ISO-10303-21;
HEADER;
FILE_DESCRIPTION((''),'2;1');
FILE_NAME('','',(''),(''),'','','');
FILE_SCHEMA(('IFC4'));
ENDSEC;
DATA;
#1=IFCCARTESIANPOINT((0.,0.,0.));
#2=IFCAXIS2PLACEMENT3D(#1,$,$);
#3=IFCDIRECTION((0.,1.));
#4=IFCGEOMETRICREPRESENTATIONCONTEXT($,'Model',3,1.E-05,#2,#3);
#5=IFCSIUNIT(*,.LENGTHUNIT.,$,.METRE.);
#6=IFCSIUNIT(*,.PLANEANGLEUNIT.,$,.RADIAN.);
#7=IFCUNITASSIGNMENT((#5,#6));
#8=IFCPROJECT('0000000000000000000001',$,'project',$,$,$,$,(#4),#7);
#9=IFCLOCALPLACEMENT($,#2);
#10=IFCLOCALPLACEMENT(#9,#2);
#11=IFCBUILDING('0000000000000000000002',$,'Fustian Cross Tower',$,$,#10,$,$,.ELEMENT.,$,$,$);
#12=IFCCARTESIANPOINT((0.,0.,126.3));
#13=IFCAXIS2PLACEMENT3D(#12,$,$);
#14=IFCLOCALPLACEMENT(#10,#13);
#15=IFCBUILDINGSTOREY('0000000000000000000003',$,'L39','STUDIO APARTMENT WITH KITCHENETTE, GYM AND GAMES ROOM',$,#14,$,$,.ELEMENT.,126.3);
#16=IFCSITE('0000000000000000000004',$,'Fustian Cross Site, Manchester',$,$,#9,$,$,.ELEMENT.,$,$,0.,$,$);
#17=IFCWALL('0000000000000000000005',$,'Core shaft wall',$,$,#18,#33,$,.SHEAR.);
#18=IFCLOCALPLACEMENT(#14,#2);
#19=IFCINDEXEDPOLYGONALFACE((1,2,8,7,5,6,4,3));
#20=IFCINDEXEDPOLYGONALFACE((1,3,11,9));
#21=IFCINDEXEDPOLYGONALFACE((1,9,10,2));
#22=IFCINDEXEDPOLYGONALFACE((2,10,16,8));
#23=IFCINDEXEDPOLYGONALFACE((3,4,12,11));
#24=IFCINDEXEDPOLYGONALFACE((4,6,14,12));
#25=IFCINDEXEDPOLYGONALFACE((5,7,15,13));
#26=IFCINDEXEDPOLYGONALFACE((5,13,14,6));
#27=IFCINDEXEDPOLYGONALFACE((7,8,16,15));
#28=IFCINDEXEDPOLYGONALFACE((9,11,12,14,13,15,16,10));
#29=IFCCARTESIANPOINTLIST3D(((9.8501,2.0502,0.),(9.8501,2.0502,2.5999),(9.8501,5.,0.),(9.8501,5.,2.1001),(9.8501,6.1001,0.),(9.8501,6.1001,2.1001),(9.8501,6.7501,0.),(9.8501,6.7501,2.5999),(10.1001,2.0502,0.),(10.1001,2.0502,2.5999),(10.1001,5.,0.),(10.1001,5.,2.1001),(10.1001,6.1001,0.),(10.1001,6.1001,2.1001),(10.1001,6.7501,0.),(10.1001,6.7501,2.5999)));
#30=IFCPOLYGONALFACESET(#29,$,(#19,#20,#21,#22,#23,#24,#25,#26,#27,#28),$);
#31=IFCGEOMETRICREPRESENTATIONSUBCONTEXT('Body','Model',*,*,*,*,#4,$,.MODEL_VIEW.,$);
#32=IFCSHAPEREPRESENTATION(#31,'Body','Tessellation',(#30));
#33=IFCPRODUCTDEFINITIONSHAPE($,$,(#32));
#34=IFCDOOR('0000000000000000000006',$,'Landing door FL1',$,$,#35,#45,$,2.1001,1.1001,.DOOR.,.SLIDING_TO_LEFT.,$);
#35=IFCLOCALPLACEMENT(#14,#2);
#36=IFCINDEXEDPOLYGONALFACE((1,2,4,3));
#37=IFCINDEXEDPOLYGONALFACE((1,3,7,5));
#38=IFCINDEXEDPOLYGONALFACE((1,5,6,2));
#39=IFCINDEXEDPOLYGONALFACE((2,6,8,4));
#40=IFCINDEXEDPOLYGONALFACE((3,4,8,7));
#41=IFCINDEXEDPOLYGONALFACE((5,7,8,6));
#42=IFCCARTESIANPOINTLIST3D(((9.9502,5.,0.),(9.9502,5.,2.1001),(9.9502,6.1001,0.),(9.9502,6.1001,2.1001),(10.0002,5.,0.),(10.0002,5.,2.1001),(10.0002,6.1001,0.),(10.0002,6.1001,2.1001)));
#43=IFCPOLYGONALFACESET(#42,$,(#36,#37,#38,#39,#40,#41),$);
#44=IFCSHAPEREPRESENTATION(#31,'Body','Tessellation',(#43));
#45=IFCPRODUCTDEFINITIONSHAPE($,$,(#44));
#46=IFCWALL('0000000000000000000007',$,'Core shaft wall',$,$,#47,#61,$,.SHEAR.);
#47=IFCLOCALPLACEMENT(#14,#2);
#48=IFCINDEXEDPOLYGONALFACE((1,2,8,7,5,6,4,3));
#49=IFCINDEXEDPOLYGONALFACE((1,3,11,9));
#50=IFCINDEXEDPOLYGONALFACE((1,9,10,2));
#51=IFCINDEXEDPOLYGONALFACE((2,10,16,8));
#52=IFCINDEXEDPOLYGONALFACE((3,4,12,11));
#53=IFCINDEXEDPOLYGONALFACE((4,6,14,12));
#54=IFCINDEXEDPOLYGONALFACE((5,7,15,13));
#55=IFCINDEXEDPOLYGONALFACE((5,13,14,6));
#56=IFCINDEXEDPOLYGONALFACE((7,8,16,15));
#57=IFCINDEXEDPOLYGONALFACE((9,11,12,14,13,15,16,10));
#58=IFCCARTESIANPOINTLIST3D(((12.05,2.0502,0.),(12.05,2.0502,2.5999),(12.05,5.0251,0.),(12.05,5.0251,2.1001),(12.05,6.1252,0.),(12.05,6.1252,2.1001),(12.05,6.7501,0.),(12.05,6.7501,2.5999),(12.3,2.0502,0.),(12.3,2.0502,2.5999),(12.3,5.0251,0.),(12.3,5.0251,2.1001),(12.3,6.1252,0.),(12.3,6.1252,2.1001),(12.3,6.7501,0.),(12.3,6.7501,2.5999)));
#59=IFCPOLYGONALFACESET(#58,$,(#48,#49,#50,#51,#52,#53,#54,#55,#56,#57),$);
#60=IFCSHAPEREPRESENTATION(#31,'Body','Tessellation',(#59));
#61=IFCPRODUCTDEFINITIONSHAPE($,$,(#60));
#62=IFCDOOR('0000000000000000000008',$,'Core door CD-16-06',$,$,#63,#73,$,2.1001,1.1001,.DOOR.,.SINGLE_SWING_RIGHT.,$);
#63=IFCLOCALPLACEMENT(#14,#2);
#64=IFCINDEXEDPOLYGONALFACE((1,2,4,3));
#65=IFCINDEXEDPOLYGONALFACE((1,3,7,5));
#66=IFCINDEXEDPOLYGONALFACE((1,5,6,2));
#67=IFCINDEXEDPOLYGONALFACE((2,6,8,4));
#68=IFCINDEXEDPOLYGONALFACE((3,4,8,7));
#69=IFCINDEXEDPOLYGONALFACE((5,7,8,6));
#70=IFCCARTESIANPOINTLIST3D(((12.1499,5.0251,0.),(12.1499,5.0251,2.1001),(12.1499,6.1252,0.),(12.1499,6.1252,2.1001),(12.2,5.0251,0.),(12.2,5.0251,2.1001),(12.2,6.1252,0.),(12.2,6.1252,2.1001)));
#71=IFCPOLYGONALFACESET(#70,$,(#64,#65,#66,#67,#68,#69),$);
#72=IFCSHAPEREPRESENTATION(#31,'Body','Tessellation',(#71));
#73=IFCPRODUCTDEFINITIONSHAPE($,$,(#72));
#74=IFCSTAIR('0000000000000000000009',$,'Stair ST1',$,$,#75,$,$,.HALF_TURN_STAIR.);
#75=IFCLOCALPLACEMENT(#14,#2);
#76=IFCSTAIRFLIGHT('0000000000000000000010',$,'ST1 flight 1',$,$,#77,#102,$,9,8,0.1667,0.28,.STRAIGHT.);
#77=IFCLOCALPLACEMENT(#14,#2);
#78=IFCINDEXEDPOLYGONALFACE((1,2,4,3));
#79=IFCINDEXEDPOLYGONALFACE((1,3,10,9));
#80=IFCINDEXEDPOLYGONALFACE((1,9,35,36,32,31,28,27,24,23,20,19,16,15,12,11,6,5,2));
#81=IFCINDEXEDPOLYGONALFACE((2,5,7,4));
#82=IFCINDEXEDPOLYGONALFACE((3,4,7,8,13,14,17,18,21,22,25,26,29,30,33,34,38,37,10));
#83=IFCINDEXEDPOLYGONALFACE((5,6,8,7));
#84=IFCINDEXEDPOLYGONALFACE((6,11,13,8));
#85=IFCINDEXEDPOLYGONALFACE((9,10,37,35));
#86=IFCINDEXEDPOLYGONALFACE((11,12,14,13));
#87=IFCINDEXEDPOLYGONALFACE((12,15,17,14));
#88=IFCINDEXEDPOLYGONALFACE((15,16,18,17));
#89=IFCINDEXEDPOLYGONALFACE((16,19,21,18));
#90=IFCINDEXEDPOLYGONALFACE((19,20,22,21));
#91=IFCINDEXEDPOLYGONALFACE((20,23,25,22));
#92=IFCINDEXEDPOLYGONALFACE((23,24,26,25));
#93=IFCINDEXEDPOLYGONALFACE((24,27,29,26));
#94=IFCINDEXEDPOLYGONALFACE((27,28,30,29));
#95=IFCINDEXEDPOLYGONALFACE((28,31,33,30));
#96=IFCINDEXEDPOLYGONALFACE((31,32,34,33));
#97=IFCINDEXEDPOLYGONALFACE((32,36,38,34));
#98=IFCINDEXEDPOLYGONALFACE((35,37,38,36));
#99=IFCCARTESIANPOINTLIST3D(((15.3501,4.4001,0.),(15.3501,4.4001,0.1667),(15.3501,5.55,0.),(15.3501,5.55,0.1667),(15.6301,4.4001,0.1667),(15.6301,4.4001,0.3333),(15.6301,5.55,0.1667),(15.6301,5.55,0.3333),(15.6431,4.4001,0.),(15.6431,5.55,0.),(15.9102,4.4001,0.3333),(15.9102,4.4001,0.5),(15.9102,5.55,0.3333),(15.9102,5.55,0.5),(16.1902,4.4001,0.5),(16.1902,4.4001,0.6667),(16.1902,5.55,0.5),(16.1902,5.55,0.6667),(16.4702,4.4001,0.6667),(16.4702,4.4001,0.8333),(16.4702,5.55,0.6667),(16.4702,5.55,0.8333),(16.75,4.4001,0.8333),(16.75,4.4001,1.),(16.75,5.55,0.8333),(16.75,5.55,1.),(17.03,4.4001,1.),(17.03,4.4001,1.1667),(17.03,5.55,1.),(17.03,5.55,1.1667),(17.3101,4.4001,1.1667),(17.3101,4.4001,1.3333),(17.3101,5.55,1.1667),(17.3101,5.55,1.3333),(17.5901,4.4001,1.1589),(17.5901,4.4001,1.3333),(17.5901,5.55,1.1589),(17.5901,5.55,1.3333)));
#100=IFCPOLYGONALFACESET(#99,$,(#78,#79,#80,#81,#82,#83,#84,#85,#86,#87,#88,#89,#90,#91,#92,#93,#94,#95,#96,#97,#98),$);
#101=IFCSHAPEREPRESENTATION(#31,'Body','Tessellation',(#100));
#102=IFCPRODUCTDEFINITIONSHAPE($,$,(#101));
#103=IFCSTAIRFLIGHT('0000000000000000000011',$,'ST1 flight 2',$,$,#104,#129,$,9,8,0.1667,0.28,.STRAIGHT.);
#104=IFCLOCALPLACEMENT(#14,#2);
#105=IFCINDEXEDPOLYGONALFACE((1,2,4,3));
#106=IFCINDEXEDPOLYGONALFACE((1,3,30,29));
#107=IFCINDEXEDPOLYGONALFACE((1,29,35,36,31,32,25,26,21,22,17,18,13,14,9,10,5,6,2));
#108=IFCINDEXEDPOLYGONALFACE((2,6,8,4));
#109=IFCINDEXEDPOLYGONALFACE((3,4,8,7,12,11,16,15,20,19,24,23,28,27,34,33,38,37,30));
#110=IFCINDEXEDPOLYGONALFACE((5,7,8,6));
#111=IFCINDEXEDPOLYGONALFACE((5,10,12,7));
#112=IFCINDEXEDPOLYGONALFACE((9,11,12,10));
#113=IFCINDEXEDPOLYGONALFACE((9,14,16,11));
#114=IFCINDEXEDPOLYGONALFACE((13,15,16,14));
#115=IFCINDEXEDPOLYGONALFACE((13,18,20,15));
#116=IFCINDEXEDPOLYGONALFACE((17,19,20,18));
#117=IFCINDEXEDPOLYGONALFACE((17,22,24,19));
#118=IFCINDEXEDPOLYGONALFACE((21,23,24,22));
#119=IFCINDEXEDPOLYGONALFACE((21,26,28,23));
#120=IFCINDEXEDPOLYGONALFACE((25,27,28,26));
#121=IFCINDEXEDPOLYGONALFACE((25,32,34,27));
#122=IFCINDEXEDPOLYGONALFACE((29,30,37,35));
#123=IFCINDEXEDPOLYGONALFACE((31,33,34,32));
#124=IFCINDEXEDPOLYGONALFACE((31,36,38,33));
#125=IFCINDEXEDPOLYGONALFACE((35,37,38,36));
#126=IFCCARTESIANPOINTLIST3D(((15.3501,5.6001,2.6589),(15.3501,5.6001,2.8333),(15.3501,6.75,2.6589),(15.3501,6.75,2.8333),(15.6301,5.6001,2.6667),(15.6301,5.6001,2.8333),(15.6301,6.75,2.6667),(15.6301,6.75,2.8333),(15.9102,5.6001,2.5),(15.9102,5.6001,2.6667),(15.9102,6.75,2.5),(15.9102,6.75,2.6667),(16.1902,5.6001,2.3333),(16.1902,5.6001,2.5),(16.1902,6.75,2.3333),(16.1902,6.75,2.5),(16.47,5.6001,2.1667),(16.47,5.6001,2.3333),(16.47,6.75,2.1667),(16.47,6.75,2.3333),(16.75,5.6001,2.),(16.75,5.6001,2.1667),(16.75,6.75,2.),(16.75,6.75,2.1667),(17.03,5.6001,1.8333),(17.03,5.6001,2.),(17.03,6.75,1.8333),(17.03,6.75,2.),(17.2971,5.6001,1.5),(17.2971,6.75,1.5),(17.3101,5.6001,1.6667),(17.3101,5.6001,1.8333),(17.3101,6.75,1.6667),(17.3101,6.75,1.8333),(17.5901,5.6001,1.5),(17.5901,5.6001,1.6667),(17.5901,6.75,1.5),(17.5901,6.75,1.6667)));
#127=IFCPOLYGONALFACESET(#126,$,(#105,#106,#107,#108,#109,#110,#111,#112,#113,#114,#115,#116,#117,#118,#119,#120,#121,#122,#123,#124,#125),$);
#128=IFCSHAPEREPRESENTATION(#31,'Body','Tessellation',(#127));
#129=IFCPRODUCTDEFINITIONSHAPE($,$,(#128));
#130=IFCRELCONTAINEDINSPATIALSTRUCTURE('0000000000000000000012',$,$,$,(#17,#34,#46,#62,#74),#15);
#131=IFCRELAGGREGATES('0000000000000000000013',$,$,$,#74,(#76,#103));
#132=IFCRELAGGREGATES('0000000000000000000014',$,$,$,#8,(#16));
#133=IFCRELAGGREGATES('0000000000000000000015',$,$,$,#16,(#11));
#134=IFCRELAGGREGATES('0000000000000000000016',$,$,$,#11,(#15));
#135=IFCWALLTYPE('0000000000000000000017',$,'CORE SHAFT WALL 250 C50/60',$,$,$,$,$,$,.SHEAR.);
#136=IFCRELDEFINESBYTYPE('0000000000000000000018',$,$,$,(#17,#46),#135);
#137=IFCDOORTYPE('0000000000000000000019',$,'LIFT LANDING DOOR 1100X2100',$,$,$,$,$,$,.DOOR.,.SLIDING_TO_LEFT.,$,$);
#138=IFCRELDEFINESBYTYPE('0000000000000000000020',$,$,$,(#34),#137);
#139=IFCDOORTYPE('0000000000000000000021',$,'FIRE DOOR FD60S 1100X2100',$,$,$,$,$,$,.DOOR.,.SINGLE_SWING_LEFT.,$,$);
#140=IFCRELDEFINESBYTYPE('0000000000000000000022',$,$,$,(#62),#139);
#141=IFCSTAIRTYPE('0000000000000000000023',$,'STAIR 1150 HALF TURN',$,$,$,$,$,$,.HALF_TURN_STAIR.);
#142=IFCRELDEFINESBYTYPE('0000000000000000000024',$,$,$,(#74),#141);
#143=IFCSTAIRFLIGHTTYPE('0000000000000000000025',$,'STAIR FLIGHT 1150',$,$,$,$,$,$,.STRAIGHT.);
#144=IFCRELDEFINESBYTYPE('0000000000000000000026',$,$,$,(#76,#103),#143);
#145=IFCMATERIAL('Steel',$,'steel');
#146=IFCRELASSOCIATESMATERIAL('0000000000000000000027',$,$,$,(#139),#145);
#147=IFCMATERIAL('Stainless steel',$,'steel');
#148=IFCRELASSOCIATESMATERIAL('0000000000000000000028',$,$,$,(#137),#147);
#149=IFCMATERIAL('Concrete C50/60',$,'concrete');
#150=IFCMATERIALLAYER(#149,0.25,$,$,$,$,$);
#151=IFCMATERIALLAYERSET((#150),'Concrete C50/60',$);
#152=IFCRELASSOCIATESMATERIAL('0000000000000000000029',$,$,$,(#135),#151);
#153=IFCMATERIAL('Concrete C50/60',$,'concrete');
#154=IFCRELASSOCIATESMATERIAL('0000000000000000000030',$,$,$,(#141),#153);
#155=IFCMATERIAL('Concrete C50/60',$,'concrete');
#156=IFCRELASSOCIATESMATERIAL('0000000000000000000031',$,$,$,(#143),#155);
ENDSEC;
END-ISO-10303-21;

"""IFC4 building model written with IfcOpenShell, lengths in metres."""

from ifc_helpers import new_model, si_unit, direction, frame, frame_2d, origin, place, context, subcontext, project, spatial, polyline, rectangle, outline, extrude, material, layer, layer_set, type_object, element, fill, aggregate, save


model = new_model("IFC4")

# Units and contexts
model_context = context("Model", 3, precision=1e-05, world=origin(), true_north=direction((0.0, 1.0)))
body_context = subcontext(model_context, "Body", "Model", "MODEL_VIEW")
ifc_project = project(units=[si_unit("LENGTHUNIT", "METRE"), si_unit("PLANEANGLEUNIT", "RADIAN")], contexts=[model_context])

# Site, building, storey
site_placement = place(None, origin())
site = spatial("IfcSite", under=ifc_project, at=site_placement, Name="Fustian Cross Site, Manchester", CompositionType="ELEMENT", RefElevation=0.0)
building_placement = place(site_placement, origin())
building = spatial("IfcBuilding", under=site, at=building_placement, Name="Fustian Cross Tower", CompositionType="ELEMENT")
storey_placement = place(building_placement, frame((0.0, 0.0, 126.3)))
storey = spatial("IfcBuildingStorey", under=building, at=storey_placement, Name="L39", Description="STUDIO APARTMENT WITH KITCHENETTE, GYM AND GAMES ROOM", CompositionType="ELEMENT", Elevation=126.3)

# Shared definitions
ifc_material_1 = material(Name="Steel", Category="steel")
door_type_1 = type_object("IfcDoorType", Name="FIRE DOOR FD60S 1100X2100", OperationType="SINGLE_SWING_LEFT", PredefinedType="DOOR", material=ifc_material_1)
ifc_material_2 = material(Name="Stainless steel", Category="steel")
door_type_2 = type_object("IfcDoorType", Name="LIFT LANDING DOOR 1100X2100", OperationType="SLIDING_TO_LEFT", PredefinedType="DOOR", material=ifc_material_2)

# Shared definitions
ifc_material_3 = material(Name="Concrete C50/60", Category="concrete")
ifc_layer_1 = layer(ifc_material_3, 0.25)
ifc_layer_set_1 = layer_set([ifc_layer_1], Name="Concrete C50/60")
wall_type_1 = type_object("IfcWallType", Name="CORE SHAFT WALL 250 C50/60", PredefinedType="SHEAR", material=ifc_layer_set_1)

# Walls, openings, doors
wall_1_placement = place(storey_placement, frame((9.9751, 2.05, 0.0), z_axis=(0.0, 0.0, 1.0), x_axis=(0.0, 1.0, 0.0)))
wall_1 = element("IfcWall", 1, at=wall_1_placement, inside=storey, type_object=wall_type_1, Name="Core shaft wall", PredefinedType="SHEAR", context=body_context, shape_type="SweptSolid", body=[
    extrude(rectangle(XDim=4.7, YDim=0.25, at=frame_2d((2.3501, 0.0))), origin(), (0.0, 0.0, 1.0), 2.5999),
])
opening_1_placement = place(wall_1_placement, frame((2.95, 0.0, 0.0)))
opening_1 = element("IfcOpeningElement", 2, at=opening_1_placement, cuts=wall_1, PredefinedType="OPENING", context=body_context, shape_type="SweptSolid", body=[
    extrude(rectangle(XDim=1.1001, YDim=2.1001, at=frame_2d((0.55, 1.05))), frame((0.0, 0.135, 0.0), z_axis=(0.0, -1.0, 0.0), x_axis=(1.0, 0.0, 0.0)), (0.0, 0.0, 1.0), 0.27),
])
door_1_placement = place(opening_1_placement, origin())
door_1 = element("IfcDoor", 3, at=door_1_placement, inside=storey, type_object=door_type_2, Name="Landing door FL1", OperationType="SLIDING_TO_LEFT", OverallHeight=2.1001, OverallWidth=1.1001, PredefinedType="DOOR", context=body_context, shape_type="SweptSolid", body=[
    extrude(rectangle(XDim=1.1001, YDim=2.1001, at=frame_2d((0.55, 1.05))), frame((0.0, 0.0249, 0.0), z_axis=(0.0, -1.0, 0.0), x_axis=(1.0, 0.0, 0.0)), (0.0, 0.0, 1.0), 0.05),
])
fill(opening_1, door_1)
wall_2_placement = place(storey_placement, frame((12.175, 2.05, 0.0), z_axis=(0.0, 0.0, 1.0), x_axis=(0.0, 1.0, 0.0)))
wall_2 = element("IfcWall", 4, at=wall_2_placement, inside=storey, type_object=wall_type_1, Name="Core shaft wall", PredefinedType="SHEAR", context=body_context, shape_type="SweptSolid", body=[
    extrude(rectangle(XDim=4.7, YDim=0.25, at=frame_2d((2.3501, 0.0))), origin(), (0.0, 0.0, 1.0), 2.5999),
])
opening_2_placement = place(wall_2_placement, frame((2.9751, 0.0, 0.0)))
opening_2 = element("IfcOpeningElement", 5, at=opening_2_placement, cuts=wall_2, PredefinedType="OPENING", context=body_context, shape_type="SweptSolid", body=[
    extrude(rectangle(XDim=1.1001, YDim=2.1001, at=frame_2d((0.55, 1.05))), frame((0.0, 0.135, 0.0), z_axis=(0.0, -1.0, 0.0), x_axis=(1.0, 0.0, 0.0)), (0.0, 0.0, 1.0), 0.27),
])
door_2_placement = place(opening_2_placement, frame((1.1001, 0.0, 0.0), z_axis=(0.0, 0.0, 1.0), x_axis=(-1.0, 0.0, 0.0)))
door_2 = element("IfcDoor", 6, at=door_2_placement, inside=storey, type_object=door_type_1, Name="Core door CD-16-06", OperationType="SINGLE_SWING_RIGHT", OverallHeight=2.1001, OverallWidth=1.1001, PredefinedType="DOOR", context=body_context, shape_type="SweptSolid", body=[
    extrude(rectangle(XDim=1.1001, YDim=2.1001, at=frame_2d((0.55, 1.05))), frame((0.0, 0.0249, 0.0), z_axis=(0.0, -1.0, 0.0), x_axis=(1.0, 0.0, 0.0)), (0.0, 0.0, 1.0), 0.05),
])
fill(opening_2, door_2)

# Stair, stair flights
ifc_material_4 = material(Name="Concrete C50/60", Category="concrete")
stair_type = type_object("IfcStairType", Name="STAIR 1150 HALF TURN", PredefinedType="HALF_TURN_STAIR", material=ifc_material_4)
stair_placement = place(storey_placement, origin())
stair = element("IfcStair", 7, at=stair_placement, inside=storey, type_object=stair_type, Name="Stair ST1", PredefinedType="HALF_TURN_STAIR")
ifc_material_5 = material(Name="Concrete C50/60", Category="concrete")
stair_flight_type = type_object("IfcStairFlightType", Name="STAIR FLIGHT 1150", PredefinedType="STRAIGHT", material=ifc_material_5)
stair_flight_1_placement = place(storey_placement, frame((15.3501, 4.9751, 0.0), z_axis=(0.0, 0.0, 1.0), x_axis=(1.0, 0.0, 0.0)))
stair_flight_1 = element("IfcStairFlight", 8, at=stair_flight_1_placement, type_object=stair_flight_type, Name="ST1 flight 1", NumberOfRisers=9, NumberOfTreads=8, PredefinedType="STRAIGHT", RiserHeight=0.1667, TreadLength=0.28, context=body_context, shape_type="SweptSolid", body=[
    extrude(outline(polyline([(0.0, 0.0), (0.0, 0.1667), (0.28, 0.1667), (0.28, 0.3333), (0.5601, 0.3333), (0.5601, 0.5), (0.8401, 0.5), (0.8401, 0.6667), (1.1201, 0.6667), (1.1201, 0.8333), (1.3999, 0.8333), (1.3999, 1.0), (1.6799, 1.0), (1.6799, 1.1667), (1.96, 1.1667), (1.96, 1.3333), (2.24, 1.3333), (2.24, 1.5), (2.24, 1.1589), (0.293, 0.0), (0.0, 0.0)])), frame((0.0, 0.575, 0.0), z_axis=(0.0, -1.0, 0.0), x_axis=(1.0, 0.0, 0.0)), (0.0, 0.0, 1.0), 1.1499),
])
stair_flight_2_placement = place(storey_placement, frame((17.5901, 6.175, 1.5), z_axis=(0.0, 0.0, 1.0), x_axis=(-1.0, 0.0, 0.0)))
stair_flight_2 = element("IfcStairFlight", 9, at=stair_flight_2_placement, type_object=stair_flight_type, Name="ST1 flight 2", NumberOfRisers=9, NumberOfTreads=8, PredefinedType="STRAIGHT", RiserHeight=0.1667, TreadLength=0.28, context=body_context, shape_type="SweptSolid", body=[
    extrude(outline(polyline([(0.0, 0.0), (0.0, 0.1667), (0.28, 0.1667), (0.28, 0.3333), (0.5601, 0.3333), (0.5601, 0.5), (0.8401, 0.5), (0.8401, 0.6667), (1.1201, 0.6667), (1.1201, 0.8333), (1.3999, 0.8333), (1.3999, 1.0), (1.6799, 1.0), (1.6799, 1.1667), (1.96, 1.1667), (1.96, 1.3333), (2.24, 1.3333), (2.24, 1.5), (2.24, 1.1589), (0.293, 0.0), (0.0, 0.0)])), frame((0.0, 0.575, 0.0), z_axis=(0.0, -1.0, 0.0), x_axis=(1.0, 0.0, 0.0)), (0.0, 0.0, 1.0), 1.1499),
])
aggregate(stair, [stair_flight_1, stair_flight_2])

save(model, "model.ifc")
